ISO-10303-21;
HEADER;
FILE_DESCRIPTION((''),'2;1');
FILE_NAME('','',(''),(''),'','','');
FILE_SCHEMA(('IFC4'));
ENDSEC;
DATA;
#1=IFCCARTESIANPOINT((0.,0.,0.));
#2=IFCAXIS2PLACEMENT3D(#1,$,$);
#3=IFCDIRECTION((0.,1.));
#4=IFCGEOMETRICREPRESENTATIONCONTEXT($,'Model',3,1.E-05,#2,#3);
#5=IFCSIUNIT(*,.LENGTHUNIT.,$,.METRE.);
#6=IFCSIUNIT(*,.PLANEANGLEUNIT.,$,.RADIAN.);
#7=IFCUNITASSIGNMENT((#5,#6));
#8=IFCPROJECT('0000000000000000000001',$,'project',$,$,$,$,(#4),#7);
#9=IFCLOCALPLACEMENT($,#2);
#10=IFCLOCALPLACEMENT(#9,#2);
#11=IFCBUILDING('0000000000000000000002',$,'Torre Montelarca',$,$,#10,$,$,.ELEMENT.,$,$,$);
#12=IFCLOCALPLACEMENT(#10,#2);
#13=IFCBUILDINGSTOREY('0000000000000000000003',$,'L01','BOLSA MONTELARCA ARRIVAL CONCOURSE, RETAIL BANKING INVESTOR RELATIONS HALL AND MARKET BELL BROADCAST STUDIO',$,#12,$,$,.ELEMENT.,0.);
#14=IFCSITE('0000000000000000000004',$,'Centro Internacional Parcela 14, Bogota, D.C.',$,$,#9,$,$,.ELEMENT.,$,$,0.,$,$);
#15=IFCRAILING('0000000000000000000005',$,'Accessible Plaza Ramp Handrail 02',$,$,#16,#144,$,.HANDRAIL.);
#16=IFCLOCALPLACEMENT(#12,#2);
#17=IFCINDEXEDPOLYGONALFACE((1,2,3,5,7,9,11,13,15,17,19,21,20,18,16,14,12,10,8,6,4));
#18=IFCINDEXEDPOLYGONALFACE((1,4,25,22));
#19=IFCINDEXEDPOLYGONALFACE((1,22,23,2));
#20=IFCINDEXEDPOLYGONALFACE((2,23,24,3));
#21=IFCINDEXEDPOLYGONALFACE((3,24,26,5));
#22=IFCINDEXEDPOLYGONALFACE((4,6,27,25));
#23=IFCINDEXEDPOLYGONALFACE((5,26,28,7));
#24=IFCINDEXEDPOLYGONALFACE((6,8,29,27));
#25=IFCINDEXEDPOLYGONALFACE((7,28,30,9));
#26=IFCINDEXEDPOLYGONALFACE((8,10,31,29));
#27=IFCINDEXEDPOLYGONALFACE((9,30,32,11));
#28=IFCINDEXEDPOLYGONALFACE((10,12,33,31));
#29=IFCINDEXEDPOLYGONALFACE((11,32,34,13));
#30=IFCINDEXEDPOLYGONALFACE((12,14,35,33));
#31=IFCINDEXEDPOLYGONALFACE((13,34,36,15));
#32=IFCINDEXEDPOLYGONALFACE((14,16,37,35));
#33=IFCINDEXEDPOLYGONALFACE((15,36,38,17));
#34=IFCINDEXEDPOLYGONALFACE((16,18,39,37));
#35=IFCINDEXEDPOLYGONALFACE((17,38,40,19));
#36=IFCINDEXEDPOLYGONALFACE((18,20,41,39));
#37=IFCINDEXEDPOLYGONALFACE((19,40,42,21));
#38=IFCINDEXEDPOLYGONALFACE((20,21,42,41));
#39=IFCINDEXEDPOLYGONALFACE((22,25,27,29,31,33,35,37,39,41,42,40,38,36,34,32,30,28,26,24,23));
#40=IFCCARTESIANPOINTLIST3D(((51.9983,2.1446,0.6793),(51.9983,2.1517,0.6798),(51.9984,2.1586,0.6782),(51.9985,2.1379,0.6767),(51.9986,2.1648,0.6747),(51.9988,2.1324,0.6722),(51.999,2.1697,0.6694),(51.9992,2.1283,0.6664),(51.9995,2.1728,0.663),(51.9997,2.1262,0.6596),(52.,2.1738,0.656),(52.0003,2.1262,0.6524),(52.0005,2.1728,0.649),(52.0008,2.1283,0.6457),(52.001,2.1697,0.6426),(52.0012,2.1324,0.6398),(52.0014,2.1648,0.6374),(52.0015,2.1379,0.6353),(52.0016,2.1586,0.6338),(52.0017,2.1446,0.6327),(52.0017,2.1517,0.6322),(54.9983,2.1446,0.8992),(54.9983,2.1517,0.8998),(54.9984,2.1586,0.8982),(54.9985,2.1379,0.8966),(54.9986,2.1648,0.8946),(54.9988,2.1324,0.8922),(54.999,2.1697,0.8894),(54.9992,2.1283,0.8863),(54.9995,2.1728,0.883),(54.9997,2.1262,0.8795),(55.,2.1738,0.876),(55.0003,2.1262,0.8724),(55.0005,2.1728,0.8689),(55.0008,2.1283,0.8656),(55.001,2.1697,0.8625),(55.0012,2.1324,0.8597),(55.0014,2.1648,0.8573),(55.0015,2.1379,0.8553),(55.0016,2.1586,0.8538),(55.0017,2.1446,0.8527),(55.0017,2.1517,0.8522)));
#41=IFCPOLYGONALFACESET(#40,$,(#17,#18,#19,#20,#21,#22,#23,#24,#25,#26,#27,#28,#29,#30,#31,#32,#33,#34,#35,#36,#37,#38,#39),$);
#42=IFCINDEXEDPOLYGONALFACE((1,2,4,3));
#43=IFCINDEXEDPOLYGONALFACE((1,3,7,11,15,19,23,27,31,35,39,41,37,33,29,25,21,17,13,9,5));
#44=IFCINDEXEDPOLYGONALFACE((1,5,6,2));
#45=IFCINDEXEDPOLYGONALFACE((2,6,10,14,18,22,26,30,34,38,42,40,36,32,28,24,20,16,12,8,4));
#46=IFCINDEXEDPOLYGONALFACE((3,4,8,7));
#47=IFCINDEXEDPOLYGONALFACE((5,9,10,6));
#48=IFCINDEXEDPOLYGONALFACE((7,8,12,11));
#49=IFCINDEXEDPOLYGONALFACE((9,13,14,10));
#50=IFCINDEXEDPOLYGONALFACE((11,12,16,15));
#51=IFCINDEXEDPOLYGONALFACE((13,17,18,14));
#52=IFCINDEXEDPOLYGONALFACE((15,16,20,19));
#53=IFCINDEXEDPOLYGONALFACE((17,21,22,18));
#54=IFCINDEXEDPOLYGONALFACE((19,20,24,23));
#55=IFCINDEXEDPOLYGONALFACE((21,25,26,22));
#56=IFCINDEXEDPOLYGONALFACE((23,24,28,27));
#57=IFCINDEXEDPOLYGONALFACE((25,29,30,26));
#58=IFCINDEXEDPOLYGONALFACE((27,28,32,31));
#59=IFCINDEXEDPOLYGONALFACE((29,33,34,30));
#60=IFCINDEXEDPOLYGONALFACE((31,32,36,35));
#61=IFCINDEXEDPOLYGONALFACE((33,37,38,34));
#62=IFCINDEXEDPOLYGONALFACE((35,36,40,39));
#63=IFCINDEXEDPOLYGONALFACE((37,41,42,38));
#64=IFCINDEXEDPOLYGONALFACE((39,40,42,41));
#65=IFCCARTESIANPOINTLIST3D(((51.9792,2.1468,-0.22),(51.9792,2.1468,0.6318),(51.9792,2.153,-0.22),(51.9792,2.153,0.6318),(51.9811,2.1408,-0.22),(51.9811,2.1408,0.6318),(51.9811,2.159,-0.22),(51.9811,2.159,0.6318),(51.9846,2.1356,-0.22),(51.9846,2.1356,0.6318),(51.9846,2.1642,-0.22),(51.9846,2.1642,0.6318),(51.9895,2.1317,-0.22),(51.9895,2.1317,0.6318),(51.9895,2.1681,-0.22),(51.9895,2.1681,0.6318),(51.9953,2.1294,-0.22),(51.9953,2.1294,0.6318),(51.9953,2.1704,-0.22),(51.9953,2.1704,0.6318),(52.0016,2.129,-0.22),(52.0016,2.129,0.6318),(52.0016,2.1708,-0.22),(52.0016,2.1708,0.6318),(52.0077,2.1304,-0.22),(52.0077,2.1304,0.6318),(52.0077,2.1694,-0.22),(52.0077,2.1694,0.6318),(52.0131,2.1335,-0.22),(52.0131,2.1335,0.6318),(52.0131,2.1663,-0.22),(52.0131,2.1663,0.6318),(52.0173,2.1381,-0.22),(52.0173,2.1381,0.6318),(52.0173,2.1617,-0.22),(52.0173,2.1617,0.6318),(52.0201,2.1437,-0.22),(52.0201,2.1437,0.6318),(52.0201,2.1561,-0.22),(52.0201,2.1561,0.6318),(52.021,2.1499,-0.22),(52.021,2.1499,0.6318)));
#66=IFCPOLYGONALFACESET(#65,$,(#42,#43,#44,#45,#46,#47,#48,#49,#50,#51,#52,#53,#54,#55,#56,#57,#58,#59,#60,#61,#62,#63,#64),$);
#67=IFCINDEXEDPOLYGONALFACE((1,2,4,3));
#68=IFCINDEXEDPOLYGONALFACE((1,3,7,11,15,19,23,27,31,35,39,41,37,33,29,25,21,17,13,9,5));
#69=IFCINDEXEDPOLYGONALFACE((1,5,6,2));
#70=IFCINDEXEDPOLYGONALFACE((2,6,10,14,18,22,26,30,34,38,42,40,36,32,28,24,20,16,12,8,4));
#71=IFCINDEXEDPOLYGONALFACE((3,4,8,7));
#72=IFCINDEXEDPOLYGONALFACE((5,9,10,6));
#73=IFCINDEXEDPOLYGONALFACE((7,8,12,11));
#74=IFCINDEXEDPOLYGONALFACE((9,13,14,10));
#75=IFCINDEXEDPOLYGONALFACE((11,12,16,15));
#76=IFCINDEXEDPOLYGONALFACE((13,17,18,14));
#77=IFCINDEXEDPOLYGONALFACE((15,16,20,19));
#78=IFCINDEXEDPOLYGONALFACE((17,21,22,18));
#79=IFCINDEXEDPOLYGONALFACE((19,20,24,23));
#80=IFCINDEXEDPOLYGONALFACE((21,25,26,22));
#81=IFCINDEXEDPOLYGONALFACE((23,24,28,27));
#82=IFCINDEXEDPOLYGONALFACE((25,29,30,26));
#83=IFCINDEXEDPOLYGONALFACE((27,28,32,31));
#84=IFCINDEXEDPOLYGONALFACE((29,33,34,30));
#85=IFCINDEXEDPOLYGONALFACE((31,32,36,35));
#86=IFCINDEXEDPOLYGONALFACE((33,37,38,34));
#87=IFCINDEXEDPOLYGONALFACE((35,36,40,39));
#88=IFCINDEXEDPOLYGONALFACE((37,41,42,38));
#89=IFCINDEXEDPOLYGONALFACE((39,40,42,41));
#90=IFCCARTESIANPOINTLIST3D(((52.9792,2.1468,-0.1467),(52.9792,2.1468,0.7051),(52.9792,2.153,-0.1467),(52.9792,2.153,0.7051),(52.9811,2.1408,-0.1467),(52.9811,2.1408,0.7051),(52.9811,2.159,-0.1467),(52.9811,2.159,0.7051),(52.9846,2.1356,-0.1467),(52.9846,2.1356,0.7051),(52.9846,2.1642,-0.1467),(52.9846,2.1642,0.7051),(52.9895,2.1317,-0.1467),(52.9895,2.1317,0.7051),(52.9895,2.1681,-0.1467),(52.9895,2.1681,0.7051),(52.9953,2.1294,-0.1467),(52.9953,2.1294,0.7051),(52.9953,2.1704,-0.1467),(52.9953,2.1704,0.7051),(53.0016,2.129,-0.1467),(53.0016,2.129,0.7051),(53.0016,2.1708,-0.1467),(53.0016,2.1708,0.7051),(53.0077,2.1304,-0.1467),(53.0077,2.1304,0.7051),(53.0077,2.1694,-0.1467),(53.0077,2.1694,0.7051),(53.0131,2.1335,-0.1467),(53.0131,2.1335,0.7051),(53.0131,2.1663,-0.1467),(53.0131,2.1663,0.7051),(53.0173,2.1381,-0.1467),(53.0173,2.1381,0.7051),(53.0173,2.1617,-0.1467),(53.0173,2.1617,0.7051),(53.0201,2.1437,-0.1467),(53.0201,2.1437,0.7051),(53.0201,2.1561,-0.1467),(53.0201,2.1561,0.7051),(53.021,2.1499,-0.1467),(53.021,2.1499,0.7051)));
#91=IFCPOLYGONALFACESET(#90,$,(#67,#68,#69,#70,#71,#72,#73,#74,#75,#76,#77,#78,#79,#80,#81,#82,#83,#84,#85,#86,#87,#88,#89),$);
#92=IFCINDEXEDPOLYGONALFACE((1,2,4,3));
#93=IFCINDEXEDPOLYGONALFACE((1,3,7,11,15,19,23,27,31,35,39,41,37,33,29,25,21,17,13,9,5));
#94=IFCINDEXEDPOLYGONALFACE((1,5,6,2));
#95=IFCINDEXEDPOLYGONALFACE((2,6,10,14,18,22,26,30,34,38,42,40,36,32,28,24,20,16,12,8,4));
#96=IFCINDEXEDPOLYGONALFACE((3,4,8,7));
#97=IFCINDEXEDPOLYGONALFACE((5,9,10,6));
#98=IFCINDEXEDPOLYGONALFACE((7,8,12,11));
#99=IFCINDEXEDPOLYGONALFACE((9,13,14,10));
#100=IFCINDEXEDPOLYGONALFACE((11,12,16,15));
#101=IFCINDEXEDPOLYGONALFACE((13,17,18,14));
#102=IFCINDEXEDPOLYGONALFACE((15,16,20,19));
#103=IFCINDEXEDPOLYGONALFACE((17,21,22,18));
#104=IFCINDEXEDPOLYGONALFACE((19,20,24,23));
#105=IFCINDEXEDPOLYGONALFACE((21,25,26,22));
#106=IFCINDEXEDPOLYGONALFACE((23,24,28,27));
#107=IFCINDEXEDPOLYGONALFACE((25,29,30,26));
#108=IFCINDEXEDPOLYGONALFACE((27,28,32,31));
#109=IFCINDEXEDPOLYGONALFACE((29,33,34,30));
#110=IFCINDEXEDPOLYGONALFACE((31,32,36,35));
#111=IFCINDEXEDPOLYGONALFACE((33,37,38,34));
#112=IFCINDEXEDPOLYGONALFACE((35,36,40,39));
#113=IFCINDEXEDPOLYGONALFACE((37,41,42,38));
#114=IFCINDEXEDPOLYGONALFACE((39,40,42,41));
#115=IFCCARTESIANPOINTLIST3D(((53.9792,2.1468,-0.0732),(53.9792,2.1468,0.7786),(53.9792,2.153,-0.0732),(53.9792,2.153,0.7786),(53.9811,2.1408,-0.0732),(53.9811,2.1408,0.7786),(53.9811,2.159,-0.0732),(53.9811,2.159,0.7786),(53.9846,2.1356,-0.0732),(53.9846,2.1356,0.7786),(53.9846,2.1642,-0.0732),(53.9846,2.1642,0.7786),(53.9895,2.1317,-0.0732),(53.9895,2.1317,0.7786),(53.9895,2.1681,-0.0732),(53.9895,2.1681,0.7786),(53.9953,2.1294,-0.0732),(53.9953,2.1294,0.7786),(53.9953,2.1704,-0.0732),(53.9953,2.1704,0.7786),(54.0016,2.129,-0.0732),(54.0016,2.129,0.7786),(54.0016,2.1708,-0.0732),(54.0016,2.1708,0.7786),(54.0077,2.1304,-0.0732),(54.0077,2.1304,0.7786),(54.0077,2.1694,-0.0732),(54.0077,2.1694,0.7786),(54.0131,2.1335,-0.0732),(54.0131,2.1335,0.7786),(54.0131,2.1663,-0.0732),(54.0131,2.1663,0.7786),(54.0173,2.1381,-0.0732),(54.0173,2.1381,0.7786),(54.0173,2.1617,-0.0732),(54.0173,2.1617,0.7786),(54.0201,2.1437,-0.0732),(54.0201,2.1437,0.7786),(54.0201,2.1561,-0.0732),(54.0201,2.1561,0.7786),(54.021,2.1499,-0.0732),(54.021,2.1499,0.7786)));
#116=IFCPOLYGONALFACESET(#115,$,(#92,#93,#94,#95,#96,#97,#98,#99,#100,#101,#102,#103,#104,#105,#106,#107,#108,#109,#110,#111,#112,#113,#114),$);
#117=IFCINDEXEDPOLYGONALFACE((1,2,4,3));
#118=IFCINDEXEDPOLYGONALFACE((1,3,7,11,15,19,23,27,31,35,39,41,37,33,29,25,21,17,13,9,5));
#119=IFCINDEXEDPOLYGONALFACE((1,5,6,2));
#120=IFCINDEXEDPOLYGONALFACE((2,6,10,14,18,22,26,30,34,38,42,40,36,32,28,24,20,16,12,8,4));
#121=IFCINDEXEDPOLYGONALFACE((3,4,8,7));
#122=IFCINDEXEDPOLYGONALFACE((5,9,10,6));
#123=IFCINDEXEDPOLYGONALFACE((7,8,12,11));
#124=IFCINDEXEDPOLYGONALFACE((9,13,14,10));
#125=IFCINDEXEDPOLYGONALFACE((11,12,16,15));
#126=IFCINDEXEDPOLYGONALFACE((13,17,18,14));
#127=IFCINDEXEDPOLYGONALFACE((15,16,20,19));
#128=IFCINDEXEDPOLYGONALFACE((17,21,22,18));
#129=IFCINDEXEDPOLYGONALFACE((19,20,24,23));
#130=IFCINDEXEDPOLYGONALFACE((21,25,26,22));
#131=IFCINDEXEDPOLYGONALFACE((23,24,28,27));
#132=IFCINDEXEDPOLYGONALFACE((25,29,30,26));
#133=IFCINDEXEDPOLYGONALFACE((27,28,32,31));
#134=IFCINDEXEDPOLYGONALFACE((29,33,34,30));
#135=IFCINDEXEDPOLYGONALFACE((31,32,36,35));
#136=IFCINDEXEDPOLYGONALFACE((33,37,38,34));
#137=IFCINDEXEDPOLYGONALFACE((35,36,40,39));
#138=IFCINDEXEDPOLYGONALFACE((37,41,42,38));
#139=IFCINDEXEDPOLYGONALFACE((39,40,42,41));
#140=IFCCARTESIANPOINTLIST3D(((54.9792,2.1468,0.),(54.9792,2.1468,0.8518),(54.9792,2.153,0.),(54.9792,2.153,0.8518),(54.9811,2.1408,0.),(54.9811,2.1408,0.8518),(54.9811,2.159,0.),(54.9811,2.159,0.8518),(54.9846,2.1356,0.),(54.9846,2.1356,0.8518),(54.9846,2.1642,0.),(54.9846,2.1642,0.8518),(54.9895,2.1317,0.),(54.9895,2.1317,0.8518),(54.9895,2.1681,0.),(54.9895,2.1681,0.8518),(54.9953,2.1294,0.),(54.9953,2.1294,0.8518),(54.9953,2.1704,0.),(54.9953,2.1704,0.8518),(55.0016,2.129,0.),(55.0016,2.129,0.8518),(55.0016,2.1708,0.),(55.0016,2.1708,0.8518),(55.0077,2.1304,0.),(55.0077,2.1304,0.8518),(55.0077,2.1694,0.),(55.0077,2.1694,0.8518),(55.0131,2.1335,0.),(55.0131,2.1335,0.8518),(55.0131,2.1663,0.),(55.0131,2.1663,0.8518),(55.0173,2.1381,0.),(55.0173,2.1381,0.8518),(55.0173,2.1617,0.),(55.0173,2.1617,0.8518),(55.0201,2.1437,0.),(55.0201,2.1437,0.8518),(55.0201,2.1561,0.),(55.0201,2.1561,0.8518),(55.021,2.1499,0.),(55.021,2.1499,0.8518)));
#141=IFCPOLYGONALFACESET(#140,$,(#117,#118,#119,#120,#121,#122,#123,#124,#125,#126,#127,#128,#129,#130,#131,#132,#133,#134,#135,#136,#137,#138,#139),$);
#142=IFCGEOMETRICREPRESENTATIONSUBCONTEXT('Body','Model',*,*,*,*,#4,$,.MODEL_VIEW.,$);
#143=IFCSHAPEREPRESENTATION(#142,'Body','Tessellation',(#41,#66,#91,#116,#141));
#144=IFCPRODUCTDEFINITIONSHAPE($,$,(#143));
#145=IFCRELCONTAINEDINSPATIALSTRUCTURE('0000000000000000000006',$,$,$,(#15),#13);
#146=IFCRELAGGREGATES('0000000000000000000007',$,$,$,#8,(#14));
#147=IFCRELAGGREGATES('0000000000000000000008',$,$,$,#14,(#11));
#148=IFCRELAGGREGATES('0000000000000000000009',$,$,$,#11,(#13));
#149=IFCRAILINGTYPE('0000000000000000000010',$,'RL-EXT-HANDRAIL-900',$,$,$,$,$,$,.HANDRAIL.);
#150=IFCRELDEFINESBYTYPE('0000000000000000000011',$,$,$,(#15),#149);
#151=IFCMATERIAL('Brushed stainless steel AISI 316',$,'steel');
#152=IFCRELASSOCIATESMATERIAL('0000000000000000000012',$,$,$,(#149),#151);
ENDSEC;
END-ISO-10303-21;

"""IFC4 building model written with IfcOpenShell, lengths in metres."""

from ifc_helpers import new_model, si_unit, direction, frame, origin, origin_2d, place, context, subcontext, project, spatial, circle, extrude, material, type_object, element, save


model = new_model("IFC4")

# Units and contexts
model_context = context("Model", 3, precision=1e-05, world=origin(), true_north=direction((0.0, 1.0)))
body_context = subcontext(model_context, "Body", "Model", "MODEL_VIEW")
ifc_project = project(units=[si_unit("LENGTHUNIT", "METRE"), si_unit("PLANEANGLEUNIT", "RADIAN")], contexts=[model_context])

# Site, building, storey
site_placement = place(None, origin())
site = spatial("IfcSite", under=ifc_project, at=site_placement, Name="Centro Internacional Parcela 14, Bogota, D.C.", CompositionType="ELEMENT", RefElevation=0.0)
building_placement = place(site_placement, origin())
building = spatial("IfcBuilding", under=site, at=building_placement, Name="Torre Montelarca", CompositionType="ELEMENT")
storey_placement = place(building_placement, origin())
storey = spatial("IfcBuildingStorey", under=building, at=storey_placement, Name="L01", Description="BOLSA MONTELARCA ARRIVAL CONCOURSE, RETAIL BANKING INVESTOR RELATIONS HALL AND MARKET BELL BROADCAST STUDIO", CompositionType="ELEMENT", Elevation=0.0)

# Railing
ifc_material_1 = material(Name="Brushed stainless steel AISI 316", Category="steel")
railing_type = type_object("IfcRailingType", Name="RL-EXT-HANDRAIL-900", PredefinedType="HANDRAIL", material=ifc_material_1)
for number, where, name in (
    (1, (52.0, 2.1499, -0.22), "Accessible Plaza Ramp Handrail 02"),
):
    element("IfcRailing", number, at=place(storey_placement, frame(where)), inside=storey, type_object=railing_type, Name=name, PredefinedType="HANDRAIL", context=body_context, shape_type="SweptSolid", body=[
        extrude(circle(Radius=0.0239, at=origin_2d()), frame((0.0, 0.0, 0.876), z_axis=(0.997323, 0.0, 0.073127), x_axis=(0.0, 1.0, 0.0)), (0.0, 0.0, 1.0), 3.0081),
        extrude(circle(Radius=0.021, at=origin_2d()), origin(), (0.0, 0.0, 1.0), 0.8518),
        extrude(circle(Radius=0.021, at=origin_2d()), frame((1.0, 0.0, 0.0732)), (0.0, 0.0, 1.0), 0.8518),
        extrude(circle(Radius=0.021, at=origin_2d()), frame((2.0, 0.0, 0.1467)), (0.0, 0.0, 1.0), 0.8518),
        extrude(circle(Radius=0.021, at=origin_2d()), frame((3.0, 0.0, 0.22)), (0.0, 0.0, 1.0), 0.8518),
    ])

save(model, "model.ifc")
